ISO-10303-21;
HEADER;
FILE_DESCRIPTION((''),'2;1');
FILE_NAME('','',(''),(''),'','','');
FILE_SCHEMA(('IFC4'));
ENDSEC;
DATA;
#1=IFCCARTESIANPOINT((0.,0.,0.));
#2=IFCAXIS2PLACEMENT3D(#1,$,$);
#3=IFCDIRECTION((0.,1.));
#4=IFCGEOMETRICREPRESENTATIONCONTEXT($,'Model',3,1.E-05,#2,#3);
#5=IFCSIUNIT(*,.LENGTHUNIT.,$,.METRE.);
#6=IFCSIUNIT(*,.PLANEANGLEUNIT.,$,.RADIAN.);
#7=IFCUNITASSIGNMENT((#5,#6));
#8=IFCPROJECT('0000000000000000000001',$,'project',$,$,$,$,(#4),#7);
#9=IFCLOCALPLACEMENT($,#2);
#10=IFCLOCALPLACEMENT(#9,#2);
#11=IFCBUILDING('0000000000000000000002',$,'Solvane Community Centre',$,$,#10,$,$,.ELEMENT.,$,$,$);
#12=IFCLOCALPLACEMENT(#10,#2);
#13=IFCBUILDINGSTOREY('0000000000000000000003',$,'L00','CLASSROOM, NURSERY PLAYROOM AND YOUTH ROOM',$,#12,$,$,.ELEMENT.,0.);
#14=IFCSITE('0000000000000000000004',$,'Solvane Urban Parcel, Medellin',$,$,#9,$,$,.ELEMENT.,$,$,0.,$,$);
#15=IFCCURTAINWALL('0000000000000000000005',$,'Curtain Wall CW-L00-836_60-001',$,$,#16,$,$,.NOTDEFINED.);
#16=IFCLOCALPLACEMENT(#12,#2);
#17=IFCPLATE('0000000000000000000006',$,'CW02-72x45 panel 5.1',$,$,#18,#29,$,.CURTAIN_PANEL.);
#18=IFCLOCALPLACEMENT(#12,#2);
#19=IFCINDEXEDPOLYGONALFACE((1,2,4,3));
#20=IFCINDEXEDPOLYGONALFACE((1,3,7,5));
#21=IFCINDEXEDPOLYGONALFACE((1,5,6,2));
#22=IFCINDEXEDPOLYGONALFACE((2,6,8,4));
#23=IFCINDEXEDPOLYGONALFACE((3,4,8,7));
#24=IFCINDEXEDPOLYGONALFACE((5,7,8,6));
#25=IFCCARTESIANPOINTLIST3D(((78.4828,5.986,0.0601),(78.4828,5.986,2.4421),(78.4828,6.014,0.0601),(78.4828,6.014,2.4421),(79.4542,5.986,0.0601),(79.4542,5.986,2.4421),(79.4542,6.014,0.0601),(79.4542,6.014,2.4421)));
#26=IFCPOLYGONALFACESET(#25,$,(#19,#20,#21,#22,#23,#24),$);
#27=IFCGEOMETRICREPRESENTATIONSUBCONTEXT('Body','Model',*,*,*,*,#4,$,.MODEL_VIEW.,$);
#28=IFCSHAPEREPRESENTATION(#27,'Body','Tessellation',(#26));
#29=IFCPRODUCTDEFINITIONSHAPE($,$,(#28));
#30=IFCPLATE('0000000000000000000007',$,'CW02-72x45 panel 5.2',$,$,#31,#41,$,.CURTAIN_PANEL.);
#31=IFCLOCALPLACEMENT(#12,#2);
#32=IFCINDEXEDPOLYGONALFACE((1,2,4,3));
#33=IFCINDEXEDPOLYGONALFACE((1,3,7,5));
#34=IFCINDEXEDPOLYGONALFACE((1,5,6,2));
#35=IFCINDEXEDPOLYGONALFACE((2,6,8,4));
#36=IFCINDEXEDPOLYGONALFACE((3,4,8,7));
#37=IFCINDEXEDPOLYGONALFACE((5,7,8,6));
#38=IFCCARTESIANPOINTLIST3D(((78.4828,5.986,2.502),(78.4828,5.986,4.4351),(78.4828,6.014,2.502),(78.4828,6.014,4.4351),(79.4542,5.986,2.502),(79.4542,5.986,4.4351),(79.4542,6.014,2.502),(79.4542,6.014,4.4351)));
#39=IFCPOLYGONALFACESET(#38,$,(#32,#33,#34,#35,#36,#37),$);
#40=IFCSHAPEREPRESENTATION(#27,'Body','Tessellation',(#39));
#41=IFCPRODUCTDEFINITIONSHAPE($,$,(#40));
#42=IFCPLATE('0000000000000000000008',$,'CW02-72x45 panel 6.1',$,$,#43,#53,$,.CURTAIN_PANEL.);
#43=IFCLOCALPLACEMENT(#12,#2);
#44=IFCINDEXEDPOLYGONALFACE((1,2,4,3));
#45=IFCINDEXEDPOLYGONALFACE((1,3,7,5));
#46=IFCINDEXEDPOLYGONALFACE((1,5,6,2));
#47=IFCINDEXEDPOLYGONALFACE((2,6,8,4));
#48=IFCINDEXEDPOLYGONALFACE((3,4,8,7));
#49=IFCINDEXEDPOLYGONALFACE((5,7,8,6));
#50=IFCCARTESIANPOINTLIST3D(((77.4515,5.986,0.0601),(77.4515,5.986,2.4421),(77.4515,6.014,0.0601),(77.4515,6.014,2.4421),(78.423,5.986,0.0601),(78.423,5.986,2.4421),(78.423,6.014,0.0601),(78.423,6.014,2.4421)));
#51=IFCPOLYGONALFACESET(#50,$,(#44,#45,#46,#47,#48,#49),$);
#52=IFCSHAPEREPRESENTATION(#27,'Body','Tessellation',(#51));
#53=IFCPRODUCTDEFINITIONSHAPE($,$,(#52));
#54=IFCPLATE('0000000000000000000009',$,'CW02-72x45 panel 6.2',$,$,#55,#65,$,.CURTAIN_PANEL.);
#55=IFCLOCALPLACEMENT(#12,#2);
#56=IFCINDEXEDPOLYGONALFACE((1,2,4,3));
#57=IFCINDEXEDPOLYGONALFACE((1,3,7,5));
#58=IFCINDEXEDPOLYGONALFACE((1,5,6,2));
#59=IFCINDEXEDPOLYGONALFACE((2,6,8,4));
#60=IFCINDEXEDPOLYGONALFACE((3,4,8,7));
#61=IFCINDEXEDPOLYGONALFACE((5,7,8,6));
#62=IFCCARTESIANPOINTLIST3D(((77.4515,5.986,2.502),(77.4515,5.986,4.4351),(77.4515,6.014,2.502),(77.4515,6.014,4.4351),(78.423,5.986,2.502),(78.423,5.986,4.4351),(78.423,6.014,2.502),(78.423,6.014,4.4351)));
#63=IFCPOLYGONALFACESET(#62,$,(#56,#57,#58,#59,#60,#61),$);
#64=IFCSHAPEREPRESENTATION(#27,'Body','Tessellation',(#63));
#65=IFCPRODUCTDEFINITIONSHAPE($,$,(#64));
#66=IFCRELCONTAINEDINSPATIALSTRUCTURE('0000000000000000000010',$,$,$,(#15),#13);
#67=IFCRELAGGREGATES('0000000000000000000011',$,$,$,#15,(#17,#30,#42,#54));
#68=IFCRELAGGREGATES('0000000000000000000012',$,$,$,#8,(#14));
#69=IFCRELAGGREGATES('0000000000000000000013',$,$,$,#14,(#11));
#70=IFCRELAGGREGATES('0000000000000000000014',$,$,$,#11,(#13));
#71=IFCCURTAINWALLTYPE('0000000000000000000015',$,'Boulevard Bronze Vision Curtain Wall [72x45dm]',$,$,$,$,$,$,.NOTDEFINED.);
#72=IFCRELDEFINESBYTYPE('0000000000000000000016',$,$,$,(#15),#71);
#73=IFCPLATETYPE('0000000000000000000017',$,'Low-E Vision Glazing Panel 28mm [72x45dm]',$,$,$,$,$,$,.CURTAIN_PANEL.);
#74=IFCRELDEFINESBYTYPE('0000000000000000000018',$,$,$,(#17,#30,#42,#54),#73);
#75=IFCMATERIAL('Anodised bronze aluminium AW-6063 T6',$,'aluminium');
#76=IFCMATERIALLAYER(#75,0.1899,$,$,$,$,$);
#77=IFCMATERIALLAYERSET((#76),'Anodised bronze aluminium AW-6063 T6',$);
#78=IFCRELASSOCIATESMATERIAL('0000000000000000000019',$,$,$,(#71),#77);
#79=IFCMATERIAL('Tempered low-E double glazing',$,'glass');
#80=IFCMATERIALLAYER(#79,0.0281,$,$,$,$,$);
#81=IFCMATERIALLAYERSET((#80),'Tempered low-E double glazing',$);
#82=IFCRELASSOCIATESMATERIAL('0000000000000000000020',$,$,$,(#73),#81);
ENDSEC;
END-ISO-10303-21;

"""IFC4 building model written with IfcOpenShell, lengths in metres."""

from ifc_helpers import new_model, si_unit, direction, frame, origin, origin_2d, place, context, subcontext, project, spatial, rectangle, extrude, material, layer, layer_set, type_object, element, aggregate, save


model = new_model("IFC4")

# Units and contexts
model_context = context("Model", 3, precision=1e-05, world=origin(), true_north=direction((0.0, 1.0)))
body_context = subcontext(model_context, "Body", "Model", "MODEL_VIEW")
ifc_project = project(units=[si_unit("LENGTHUNIT", "METRE"), si_unit("PLANEANGLEUNIT", "RADIAN")], contexts=[model_context])

# Site, building, storey
site_placement = place(None, origin())
site = spatial("IfcSite", under=ifc_project, at=site_placement, Name="Solvane Urban Parcel, Medellin", CompositionType="ELEMENT", RefElevation=0.0)
building_placement = place(site_placement, origin())
building = spatial("IfcBuilding", under=site, at=building_placement, Name="Solvane Community Centre", CompositionType="ELEMENT")
storey_placement = place(building_placement, origin())
storey = spatial("IfcBuildingStorey", under=building, at=storey_placement, Name="L00", Description="CLASSROOM, NURSERY PLAYROOM AND YOUTH ROOM", CompositionType="ELEMENT", Elevation=0.0)

# Curtain wall, plates
ifc_material_1 = material(Name="Anodised bronze aluminium AW-6063 T6", Category="aluminium")
ifc_layer_1 = layer(ifc_material_1, 0.1899)
ifc_layer_set_1 = layer_set([ifc_layer_1], Name="Anodised bronze aluminium AW-6063 T6")
curtain_wall_type = type_object("IfcCurtainWallType", Name="Boulevard Bronze Vision Curtain Wall [72x45dm]", PredefinedType="NOTDEFINED", material=ifc_layer_set_1)
curtain_wall_placement = place(storey_placement, origin())
curtain_wall = element("IfcCurtainWall", 1, at=curtain_wall_placement, inside=storey, type_object=curtain_wall_type, Name="Curtain Wall CW-L00-836_60-001", PredefinedType="NOTDEFINED")
ifc_material_2 = material(Name="Tempered low-E double glazing", Category="glass")
ifc_layer_2 = layer(ifc_material_2, 0.0281)
ifc_layer_set_2 = layer_set([ifc_layer_2], Name="Tempered low-E double glazing")
plate_type = type_object("IfcPlateType", Name="Low-E Vision Glazing Panel 28mm [72x45dm]", PredefinedType="CURTAIN_PANEL", material=ifc_layer_set_2)
plate_1_placement = place(storey_placement, frame((78.9685, 6.0, 0.0601), z_axis=(0.0, 0.0, 1.0), x_axis=(-1.0, 0.0, 0.0)))
plate_1 = element("IfcPlate", 2, at=plate_1_placement, type_object=plate_type, Name="CW02-72x45 panel 5.1", PredefinedType="CURTAIN_PANEL", context=body_context, shape_type="SweptSolid", body=[
    extrude(rectangle(XDim=0.9714, YDim=0.0281, at=origin_2d()), origin(), (0.0, 0.0, 1.0), 2.3821),
])
plate_2_placement = place(storey_placement, frame((78.9685, 6.0, 2.502), z_axis=(0.0, 0.0, 1.0), x_axis=(-1.0, 0.0, 0.0)))
plate_2 = element("IfcPlate", 3, at=plate_2_placement, type_object=plate_type, Name="CW02-72x45 panel 5.2", PredefinedType="CURTAIN_PANEL", context=body_context, shape_type="SweptSolid", body=[
    extrude(rectangle(XDim=0.9714, YDim=0.0281, at=origin_2d()), origin(), (0.0, 0.0, 1.0), 1.9331),
])
plate_3_placement = place(storey_placement, frame((77.9373, 6.0, 0.0601), z_axis=(0.0, 0.0, 1.0), x_axis=(-1.0, 0.0, 0.0)))
plate_3 = element("IfcPlate", 4, at=plate_3_placement, type_object=plate_type, Name="CW02-72x45 panel 6.1", PredefinedType="CURTAIN_PANEL", context=body_context, shape_type="SweptSolid", body=[
    extrude(rectangle(XDim=0.9714, YDim=0.0281, at=origin_2d()), origin(), (0.0, 0.0, 1.0), 2.3821),
])
plate_4_placement = place(storey_placement, frame((77.9373, 6.0, 2.502), z_axis=(0.0, 0.0, 1.0), x_axis=(-1.0, 0.0, 0.0)))
plate_4 = element("IfcPlate", 5, at=plate_4_placement, type_object=plate_type, Name="CW02-72x45 panel 6.2", PredefinedType="CURTAIN_PANEL", context=body_context, shape_type="SweptSolid", body=[
    extrude(rectangle(XDim=0.9714, YDim=0.0281, at=origin_2d()), origin(), (0.0, 0.0, 1.0), 1.9331),
])
aggregate(curtain_wall, [plate_1, plate_2, plate_3, plate_4])

save(model, "model.ifc")
